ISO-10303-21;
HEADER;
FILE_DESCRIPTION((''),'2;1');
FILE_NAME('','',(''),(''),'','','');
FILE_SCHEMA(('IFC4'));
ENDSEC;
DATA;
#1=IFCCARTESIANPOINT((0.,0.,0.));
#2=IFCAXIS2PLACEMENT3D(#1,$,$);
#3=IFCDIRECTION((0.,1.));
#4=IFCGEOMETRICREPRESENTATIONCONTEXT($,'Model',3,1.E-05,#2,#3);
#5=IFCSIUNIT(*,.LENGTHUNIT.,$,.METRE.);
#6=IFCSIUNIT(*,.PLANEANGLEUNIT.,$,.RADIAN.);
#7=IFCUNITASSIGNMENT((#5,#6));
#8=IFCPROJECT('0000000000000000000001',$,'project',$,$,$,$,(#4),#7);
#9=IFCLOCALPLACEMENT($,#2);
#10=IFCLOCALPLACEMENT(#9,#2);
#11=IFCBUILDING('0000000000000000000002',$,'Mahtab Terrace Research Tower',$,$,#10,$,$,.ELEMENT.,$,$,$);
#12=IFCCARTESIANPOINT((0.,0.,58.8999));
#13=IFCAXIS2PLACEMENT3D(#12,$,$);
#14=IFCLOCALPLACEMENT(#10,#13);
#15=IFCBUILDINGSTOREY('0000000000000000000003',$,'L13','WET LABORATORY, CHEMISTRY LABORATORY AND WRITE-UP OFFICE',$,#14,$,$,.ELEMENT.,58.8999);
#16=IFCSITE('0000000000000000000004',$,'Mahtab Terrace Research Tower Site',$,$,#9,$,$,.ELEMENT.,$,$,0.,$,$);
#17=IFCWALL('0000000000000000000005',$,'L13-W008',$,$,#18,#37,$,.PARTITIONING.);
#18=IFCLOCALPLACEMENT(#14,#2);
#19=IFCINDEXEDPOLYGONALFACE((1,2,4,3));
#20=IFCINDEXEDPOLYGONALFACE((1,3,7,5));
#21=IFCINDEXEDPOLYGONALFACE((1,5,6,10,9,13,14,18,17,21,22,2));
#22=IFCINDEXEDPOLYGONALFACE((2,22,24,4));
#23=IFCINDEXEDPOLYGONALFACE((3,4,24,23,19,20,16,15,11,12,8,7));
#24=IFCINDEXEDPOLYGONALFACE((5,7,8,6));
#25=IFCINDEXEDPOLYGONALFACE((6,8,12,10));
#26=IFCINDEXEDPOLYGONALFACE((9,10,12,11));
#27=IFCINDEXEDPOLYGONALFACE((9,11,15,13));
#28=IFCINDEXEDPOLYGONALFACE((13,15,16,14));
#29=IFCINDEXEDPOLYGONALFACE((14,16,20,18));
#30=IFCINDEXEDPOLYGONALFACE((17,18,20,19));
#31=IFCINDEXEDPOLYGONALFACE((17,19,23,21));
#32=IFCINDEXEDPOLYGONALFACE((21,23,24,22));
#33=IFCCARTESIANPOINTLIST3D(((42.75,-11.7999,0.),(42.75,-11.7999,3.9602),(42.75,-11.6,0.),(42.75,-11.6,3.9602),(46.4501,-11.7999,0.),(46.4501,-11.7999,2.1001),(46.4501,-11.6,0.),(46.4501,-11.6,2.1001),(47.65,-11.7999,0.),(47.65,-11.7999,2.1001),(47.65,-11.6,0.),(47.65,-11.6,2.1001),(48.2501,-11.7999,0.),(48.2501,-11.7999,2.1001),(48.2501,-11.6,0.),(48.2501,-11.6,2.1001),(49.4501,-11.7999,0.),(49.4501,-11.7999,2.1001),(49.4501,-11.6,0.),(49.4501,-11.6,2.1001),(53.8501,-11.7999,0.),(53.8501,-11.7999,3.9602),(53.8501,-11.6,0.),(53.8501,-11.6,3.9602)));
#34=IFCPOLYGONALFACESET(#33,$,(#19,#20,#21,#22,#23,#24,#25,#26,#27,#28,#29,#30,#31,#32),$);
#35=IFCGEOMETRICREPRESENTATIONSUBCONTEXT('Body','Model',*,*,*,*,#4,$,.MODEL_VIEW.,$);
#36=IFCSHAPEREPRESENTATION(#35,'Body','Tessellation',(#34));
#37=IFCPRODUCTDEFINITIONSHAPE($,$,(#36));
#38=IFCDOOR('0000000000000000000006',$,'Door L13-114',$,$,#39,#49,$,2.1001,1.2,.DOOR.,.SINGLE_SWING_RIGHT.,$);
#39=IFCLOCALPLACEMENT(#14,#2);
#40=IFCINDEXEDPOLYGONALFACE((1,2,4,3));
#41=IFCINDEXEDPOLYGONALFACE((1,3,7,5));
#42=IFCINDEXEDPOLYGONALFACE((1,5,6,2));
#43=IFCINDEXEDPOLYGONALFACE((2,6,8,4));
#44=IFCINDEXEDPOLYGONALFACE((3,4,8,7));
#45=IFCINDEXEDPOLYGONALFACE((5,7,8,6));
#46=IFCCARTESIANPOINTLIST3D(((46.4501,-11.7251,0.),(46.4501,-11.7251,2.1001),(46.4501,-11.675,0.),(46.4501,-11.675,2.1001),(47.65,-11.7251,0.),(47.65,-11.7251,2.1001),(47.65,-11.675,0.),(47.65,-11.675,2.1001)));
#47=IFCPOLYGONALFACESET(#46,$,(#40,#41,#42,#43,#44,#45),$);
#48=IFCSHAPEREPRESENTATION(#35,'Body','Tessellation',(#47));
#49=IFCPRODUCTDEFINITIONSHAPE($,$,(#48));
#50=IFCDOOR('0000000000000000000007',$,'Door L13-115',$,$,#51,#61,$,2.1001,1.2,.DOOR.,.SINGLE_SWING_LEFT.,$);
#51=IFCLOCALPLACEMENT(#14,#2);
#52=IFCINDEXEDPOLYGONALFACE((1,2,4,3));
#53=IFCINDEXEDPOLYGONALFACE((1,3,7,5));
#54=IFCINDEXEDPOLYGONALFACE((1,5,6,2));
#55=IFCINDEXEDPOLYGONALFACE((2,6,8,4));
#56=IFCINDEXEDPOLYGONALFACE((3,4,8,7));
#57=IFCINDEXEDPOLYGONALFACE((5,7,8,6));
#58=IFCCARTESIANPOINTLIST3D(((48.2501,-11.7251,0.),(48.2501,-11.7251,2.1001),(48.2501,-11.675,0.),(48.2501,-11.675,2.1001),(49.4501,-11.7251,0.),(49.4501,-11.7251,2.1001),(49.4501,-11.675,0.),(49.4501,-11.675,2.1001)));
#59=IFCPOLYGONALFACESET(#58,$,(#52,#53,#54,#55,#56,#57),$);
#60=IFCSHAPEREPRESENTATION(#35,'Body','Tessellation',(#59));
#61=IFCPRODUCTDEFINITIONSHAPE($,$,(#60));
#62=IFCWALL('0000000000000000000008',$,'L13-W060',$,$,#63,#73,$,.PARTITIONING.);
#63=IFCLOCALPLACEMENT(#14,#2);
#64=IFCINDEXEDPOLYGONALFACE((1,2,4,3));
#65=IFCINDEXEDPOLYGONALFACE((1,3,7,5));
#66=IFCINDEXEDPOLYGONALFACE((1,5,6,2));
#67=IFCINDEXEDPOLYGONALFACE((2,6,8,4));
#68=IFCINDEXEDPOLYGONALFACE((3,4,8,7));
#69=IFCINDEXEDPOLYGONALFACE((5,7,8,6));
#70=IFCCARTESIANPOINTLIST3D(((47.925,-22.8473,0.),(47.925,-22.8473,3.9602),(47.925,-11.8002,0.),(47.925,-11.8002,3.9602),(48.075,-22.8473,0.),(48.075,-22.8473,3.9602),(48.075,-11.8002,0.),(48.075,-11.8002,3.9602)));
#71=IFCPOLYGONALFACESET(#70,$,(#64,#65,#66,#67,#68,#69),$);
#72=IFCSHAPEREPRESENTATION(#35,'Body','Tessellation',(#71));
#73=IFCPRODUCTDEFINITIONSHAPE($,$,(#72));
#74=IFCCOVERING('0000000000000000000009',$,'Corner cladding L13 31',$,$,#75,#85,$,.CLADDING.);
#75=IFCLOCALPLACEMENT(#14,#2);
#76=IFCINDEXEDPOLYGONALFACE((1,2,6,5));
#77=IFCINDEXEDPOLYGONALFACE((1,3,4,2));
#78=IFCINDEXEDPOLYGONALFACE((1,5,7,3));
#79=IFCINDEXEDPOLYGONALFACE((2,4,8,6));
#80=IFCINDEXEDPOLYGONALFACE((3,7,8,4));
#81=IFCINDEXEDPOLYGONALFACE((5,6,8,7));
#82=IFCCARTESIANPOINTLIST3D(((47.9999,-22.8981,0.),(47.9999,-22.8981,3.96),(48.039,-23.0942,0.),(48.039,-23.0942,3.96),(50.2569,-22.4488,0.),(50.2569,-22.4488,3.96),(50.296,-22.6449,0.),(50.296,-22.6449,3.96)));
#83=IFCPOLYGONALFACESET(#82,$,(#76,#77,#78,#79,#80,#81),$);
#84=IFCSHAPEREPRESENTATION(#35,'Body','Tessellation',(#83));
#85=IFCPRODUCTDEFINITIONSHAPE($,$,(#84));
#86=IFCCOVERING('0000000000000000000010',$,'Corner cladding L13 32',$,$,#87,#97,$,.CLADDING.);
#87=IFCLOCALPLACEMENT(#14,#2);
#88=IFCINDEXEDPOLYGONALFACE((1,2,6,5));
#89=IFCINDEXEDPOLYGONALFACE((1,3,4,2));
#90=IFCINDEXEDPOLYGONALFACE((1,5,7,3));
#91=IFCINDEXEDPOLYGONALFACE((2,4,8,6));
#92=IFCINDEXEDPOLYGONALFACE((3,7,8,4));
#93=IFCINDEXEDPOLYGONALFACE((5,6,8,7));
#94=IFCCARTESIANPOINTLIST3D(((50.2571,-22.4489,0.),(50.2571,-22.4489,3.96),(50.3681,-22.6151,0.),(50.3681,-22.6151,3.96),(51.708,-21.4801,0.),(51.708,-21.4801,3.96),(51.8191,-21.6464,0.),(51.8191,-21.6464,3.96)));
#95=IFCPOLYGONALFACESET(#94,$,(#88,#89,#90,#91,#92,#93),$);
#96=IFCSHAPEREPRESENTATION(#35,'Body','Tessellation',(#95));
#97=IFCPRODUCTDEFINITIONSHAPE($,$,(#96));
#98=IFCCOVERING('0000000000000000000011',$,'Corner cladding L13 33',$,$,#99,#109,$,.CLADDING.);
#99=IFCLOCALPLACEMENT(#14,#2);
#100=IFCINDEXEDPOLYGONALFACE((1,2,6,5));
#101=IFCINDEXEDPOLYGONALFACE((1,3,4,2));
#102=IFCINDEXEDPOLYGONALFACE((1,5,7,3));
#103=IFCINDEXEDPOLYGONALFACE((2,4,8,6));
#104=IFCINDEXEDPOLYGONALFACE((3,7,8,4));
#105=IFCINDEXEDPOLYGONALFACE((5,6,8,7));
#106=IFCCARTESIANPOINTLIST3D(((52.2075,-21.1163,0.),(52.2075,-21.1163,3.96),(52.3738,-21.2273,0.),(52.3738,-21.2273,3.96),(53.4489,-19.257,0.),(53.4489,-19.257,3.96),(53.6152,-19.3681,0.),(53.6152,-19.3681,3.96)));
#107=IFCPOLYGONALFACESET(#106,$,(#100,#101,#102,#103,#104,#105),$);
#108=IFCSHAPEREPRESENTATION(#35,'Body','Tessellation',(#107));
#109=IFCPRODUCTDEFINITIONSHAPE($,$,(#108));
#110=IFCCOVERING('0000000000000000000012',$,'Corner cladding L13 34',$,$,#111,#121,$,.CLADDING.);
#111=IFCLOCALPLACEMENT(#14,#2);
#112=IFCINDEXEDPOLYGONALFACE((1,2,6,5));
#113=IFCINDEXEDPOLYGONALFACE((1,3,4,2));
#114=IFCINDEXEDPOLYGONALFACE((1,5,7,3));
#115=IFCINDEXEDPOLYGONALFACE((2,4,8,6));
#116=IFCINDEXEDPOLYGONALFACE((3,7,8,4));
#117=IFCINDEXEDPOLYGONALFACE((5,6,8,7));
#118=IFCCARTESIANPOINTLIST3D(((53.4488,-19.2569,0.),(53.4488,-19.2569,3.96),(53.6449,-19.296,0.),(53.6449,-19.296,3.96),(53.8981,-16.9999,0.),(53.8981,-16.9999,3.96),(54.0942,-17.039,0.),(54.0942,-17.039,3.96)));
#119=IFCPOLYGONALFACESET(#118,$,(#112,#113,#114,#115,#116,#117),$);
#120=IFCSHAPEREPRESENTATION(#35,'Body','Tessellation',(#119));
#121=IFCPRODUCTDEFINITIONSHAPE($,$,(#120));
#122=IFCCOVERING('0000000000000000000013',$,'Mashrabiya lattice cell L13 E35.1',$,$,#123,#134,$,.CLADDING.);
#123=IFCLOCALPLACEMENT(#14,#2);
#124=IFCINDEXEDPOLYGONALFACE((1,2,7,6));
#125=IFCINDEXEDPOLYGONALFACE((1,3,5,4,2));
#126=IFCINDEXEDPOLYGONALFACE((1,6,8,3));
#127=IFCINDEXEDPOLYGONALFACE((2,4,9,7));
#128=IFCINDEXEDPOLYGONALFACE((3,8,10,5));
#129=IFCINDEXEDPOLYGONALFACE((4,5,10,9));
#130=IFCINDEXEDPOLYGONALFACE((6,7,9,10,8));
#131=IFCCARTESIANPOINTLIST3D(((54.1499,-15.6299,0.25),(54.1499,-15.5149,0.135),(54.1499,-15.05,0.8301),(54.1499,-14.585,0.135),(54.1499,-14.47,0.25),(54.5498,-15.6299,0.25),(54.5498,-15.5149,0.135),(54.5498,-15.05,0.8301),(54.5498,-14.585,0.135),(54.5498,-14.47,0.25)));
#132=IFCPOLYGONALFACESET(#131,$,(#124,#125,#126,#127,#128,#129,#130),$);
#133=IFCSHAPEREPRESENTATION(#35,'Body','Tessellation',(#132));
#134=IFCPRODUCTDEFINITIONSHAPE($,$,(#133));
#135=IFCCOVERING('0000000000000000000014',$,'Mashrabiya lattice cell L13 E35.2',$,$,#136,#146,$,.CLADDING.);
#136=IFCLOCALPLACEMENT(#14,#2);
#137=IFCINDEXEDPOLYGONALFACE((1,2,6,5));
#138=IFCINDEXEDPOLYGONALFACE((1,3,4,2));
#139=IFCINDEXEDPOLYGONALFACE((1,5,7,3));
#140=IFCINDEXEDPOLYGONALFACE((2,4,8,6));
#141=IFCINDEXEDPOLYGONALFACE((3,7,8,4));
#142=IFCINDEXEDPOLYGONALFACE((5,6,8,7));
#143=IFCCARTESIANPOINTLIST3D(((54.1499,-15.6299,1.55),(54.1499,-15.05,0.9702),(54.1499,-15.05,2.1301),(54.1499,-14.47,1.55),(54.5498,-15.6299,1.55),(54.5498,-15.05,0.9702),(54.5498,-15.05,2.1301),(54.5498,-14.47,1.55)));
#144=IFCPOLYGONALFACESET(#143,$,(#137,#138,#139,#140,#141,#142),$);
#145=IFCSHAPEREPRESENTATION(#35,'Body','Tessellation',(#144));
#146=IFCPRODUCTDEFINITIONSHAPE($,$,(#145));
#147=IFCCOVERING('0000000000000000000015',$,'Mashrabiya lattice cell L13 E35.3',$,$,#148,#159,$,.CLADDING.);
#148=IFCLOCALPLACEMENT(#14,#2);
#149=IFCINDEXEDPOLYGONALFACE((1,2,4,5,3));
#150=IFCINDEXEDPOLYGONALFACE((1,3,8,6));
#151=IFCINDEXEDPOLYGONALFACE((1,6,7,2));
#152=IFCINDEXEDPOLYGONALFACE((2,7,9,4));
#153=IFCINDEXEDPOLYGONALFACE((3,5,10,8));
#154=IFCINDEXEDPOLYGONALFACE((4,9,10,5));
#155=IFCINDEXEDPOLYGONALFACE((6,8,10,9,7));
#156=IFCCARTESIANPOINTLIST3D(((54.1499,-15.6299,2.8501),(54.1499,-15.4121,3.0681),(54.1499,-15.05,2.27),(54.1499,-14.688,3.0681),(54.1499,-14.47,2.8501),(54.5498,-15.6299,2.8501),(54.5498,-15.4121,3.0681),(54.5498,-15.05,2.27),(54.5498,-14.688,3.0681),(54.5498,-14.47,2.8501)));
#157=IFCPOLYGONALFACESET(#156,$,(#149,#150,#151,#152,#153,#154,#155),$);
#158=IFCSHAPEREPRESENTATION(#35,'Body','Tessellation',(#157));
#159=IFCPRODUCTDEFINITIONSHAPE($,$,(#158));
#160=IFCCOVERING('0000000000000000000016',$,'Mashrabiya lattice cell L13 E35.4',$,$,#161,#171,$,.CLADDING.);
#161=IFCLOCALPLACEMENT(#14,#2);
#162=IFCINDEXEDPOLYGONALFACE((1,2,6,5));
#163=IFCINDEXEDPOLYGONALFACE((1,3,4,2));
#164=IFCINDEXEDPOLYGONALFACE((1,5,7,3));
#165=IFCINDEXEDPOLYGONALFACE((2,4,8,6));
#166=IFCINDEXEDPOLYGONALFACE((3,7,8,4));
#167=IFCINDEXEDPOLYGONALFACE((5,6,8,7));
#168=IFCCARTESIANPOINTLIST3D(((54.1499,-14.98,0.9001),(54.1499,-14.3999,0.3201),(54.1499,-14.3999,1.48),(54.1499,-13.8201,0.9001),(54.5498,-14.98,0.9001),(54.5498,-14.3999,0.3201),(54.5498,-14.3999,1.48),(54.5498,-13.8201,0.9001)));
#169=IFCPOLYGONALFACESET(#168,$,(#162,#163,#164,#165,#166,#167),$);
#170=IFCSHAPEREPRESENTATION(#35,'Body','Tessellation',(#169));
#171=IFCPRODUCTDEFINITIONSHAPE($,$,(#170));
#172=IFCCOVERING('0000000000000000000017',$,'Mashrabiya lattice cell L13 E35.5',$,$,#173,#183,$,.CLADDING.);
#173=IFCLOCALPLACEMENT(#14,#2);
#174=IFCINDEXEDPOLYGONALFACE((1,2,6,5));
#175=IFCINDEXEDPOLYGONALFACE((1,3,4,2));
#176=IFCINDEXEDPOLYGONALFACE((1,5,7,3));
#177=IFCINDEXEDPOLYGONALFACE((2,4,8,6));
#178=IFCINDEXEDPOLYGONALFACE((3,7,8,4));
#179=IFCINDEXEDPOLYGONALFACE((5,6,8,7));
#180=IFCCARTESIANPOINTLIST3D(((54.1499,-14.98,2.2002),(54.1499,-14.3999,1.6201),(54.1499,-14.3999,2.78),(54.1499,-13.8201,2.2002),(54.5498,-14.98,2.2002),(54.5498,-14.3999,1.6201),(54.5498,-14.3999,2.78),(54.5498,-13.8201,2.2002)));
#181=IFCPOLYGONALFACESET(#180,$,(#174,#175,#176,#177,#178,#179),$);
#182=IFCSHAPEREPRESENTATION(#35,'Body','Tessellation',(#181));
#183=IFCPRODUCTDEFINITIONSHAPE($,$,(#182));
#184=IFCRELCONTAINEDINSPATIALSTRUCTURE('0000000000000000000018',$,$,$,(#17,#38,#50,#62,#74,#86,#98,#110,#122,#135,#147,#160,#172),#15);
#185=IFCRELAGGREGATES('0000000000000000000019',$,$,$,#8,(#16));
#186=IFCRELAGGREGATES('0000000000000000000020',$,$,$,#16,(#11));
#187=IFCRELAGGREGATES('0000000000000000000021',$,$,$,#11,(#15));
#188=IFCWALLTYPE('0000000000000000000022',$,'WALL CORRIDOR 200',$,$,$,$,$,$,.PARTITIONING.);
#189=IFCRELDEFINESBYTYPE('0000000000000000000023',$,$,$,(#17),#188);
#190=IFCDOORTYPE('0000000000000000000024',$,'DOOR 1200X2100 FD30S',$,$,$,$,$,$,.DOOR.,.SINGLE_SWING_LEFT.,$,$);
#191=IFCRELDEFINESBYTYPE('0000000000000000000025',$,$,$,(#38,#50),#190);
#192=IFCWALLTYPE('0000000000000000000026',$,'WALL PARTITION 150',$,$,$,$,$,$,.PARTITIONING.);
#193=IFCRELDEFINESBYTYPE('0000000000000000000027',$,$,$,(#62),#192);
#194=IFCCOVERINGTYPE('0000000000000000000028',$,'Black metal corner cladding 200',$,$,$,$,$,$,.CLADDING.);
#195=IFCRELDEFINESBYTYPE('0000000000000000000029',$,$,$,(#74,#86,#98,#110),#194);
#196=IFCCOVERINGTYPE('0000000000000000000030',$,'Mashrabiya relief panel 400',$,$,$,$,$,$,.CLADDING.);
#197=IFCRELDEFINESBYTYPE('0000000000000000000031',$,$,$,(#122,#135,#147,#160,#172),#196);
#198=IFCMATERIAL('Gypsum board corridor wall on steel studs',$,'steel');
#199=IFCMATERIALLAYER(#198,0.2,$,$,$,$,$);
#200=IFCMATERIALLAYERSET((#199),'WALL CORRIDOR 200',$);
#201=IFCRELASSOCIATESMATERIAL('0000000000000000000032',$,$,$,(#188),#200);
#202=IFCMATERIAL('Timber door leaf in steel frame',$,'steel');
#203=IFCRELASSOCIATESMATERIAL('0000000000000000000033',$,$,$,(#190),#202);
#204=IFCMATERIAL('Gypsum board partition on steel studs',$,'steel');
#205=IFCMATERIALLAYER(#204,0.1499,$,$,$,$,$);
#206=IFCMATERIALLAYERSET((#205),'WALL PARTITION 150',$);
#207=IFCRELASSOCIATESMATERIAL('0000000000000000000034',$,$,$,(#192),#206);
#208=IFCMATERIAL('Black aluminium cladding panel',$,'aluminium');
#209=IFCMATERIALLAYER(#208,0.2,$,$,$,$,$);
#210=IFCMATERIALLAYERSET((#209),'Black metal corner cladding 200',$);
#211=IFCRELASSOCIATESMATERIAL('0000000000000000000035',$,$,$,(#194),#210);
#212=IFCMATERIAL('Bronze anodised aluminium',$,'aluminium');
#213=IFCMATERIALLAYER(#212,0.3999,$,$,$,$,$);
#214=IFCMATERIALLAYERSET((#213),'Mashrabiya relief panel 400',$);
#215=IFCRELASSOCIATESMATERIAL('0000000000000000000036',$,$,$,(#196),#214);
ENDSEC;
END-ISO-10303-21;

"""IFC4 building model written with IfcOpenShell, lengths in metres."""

from ifc_helpers import new_model, si_unit, direction, frame, frame_2d, origin, origin_2d, place, context, subcontext, project, spatial, polyline, rectangle, outline, extrude, material, layer, layer_set, type_object, element, fill, save


model = new_model("IFC4")

# Units and contexts
model_context = context("Model", 3, precision=1e-05, world=origin(), true_north=direction((0.0, 1.0)))
body_context = subcontext(model_context, "Body", "Model", "MODEL_VIEW")
ifc_project = project(units=[si_unit("LENGTHUNIT", "METRE"), si_unit("PLANEANGLEUNIT", "RADIAN")], contexts=[model_context])

# Site, building, storey
site_placement = place(None, origin())
site = spatial("IfcSite", under=ifc_project, at=site_placement, Name="Mahtab Terrace Research Tower Site", CompositionType="ELEMENT", RefElevation=0.0)
building_placement = place(site_placement, origin())
building = spatial("IfcBuilding", under=site, at=building_placement, Name="Mahtab Terrace Research Tower", CompositionType="ELEMENT")
storey_placement = place(building_placement, frame((0.0, 0.0, 58.8999)))
storey = spatial("IfcBuildingStorey", under=building, at=storey_placement, Name="L13", Description="WET LABORATORY, CHEMISTRY LABORATORY AND WRITE-UP OFFICE", CompositionType="ELEMENT", Elevation=58.8999)

# Shared definitions
ifc_material_1 = material(Name="Black aluminium cladding panel", Category="aluminium")

# Wall, openings, doors
ifc_material_2 = material(Name="Gypsum board corridor wall on steel studs", Category="steel")
ifc_layer_1 = layer(ifc_material_2, 0.2)
ifc_layer_set_1 = layer_set([ifc_layer_1], Name="WALL CORRIDOR 200")
wall_type_1 = type_object("IfcWallType", Name="WALL CORRIDOR 200", PredefinedType="PARTITIONING", material=ifc_layer_set_1)
wall_1_placement = place(storey_placement, frame((42.75, -11.7, 0.0), z_axis=(0.0, 0.0, 1.0), x_axis=(1.0, 0.0, 0.0)))
wall_1 = element("IfcWall", 1, at=wall_1_placement, inside=storey, type_object=wall_type_1, Name="L13-W008", PredefinedType="PARTITIONING", context=body_context, shape_type="SweptSolid", body=[
    extrude(rectangle(XDim=11.1001, YDim=0.2, at=frame_2d((5.55, 0.0))), origin(), (0.0, 0.0, 1.0), 3.9602),
])
opening_1_placement = place(wall_1_placement, frame((3.7, 0.0, 0.0)))
opening_1 = element("IfcOpeningElement", 2, at=opening_1_placement, cuts=wall_1, PredefinedType="OPENING", context=body_context, shape_type="SweptSolid", body=[
    extrude(rectangle(XDim=1.2, YDim=2.1001, at=frame_2d((0.6001, 1.05))), frame((0.0, 0.1099, 0.0), z_axis=(0.0, -1.0, 0.0), x_axis=(1.0, 0.0, 0.0)), (0.0, 0.0, 1.0), 0.22),
])
opening_2_placement = place(wall_1_placement, frame((5.5, 0.0, 0.0)))
opening_2 = element("IfcOpeningElement", 3, at=opening_2_placement, cuts=wall_1, PredefinedType="OPENING", context=body_context, shape_type="SweptSolid", body=[
    extrude(rectangle(XDim=1.2, YDim=2.1001, at=frame_2d((0.6001, 1.05))), frame((0.0, 0.1099, 0.0), z_axis=(0.0, -1.0, 0.0), x_axis=(1.0, 0.0, 0.0)), (0.0, 0.0, 1.0), 0.22),
])
ifc_material_3 = material(Name="Timber door leaf in steel frame", Category="steel")
door_type = type_object("IfcDoorType", Name="DOOR 1200X2100 FD30S", OperationType="SINGLE_SWING_LEFT", PredefinedType="DOOR", material=ifc_material_3)
door_1_placement = place(opening_1_placement, origin())
door_1 = element("IfcDoor", 4, at=door_1_placement, inside=storey, type_object=door_type, Name="Door L13-114", OperationType="SINGLE_SWING_RIGHT", OverallHeight=2.1001, OverallWidth=1.2, PredefinedType="DOOR", context=body_context, shape_type="SweptSolid", body=[
    extrude(rectangle(XDim=1.2, YDim=2.1001, at=frame_2d((0.6001, 1.05))), frame((0.0, 0.0249, 0.0), z_axis=(0.0, -1.0, 0.0), x_axis=(1.0, 0.0, 0.0)), (0.0, 0.0, 1.0), 0.05),
])
fill(opening_1, door_1)
door_2_placement = place(opening_2_placement, origin())
door_2 = element("IfcDoor", 5, at=door_2_placement, inside=storey, type_object=door_type, Name="Door L13-115", OperationType="SINGLE_SWING_LEFT", OverallHeight=2.1001, OverallWidth=1.2, PredefinedType="DOOR", context=body_context, shape_type="SweptSolid", body=[
    extrude(rectangle(XDim=1.2, YDim=2.1001, at=frame_2d((0.6001, 1.05))), frame((0.0, 0.0249, 0.0), z_axis=(0.0, -1.0, 0.0), x_axis=(1.0, 0.0, 0.0)), (0.0, 0.0, 1.0), 0.05),
])
fill(opening_2, door_2)

# Wall
ifc_material_4 = material(Name="Gypsum board partition on steel studs", Category="steel")
ifc_layer_2 = layer(ifc_material_4, 0.1499)
ifc_layer_set_2 = layer_set([ifc_layer_2], Name="WALL PARTITION 150")
wall_type_2 = type_object("IfcWallType", Name="WALL PARTITION 150", PredefinedType="PARTITIONING", material=ifc_layer_set_2)
wall_2_placement = place(storey_placement, frame((48.0, -22.8472, 0.0), z_axis=(0.0, 0.0, 1.0), x_axis=(0.0, 1.0, 0.0)))
element("IfcWall", 6, at=wall_2_placement, inside=storey, type_object=wall_type_2, Name="L13-W060", PredefinedType="PARTITIONING", context=body_context, shape_type="SweptSolid", body=[
    extrude(rectangle(XDim=11.0471, YDim=0.1499, at=frame_2d((5.5234, 0.0))), origin(), (0.0, 0.0, 1.0), 3.9602),
])

# Coverings
ifc_layer_3 = layer(ifc_material_1, 0.2)
ifc_layer_set_3 = layer_set([ifc_layer_3], Name="Black metal corner cladding 200")
covering_type_1 = type_object("IfcCoveringType", Name="Black metal corner cladding 200", PredefinedType="CLADDING", material=ifc_layer_set_3)
covering_1_placement = place(storey_placement, frame((49.1479, -22.7715, 0.0), z_axis=(0.0, 0.0, 1.0), x_axis=(0.980761, 0.195212, 0.0)))
element("IfcCovering", 7, at=covering_1_placement, inside=storey, type_object=covering_type_1, Name="Corner cladding L13 31", PredefinedType="CLADDING", context=body_context, shape_type="SweptSolid", body=[
    extrude(rectangle(XDim=2.3013, YDim=0.2, at=origin_2d()), origin(), (0.0, 0.0, 1.0), 3.96),
])
covering_2_placement = place(storey_placement, frame((51.0381, -22.0476, 0.0), z_axis=(0.0, 0.0, 1.0), x_axis=(0.831656, 0.555291, 0.0)))
element("IfcCovering", 8, at=covering_2_placement, inside=storey, type_object=covering_type_1, Name="Corner cladding L13 32", PredefinedType="CLADDING", context=body_context, shape_type="SweptSolid", body=[
    extrude(rectangle(XDim=1.7446, YDim=0.2, at=origin_2d()), origin(), (0.0, 0.0, 1.0), 3.96),
])
covering_3_placement = place(storey_placement, frame((52.9114, -20.2422, 0.0), z_axis=(0.0, 0.0, 1.0), x_axis=(0.555291, 0.831656, 0.0)))
element("IfcCovering", 9, at=covering_3_placement, inside=storey, type_object=covering_type_1, Name="Corner cladding L13 33", PredefinedType="CLADDING", context=body_context, shape_type="SweptSolid", body=[
    extrude(rectangle(XDim=2.2356, YDim=0.2, at=origin_2d()), origin(), (0.0, 0.0, 1.0), 3.96),
])
covering_4_placement = place(storey_placement, frame((53.7715, -18.1479, 0.0), z_axis=(0.0, 0.0, 1.0), x_axis=(0.195212, 0.980761, 0.0)))
element("IfcCovering", 10, at=covering_4_placement, inside=storey, type_object=covering_type_1, Name="Corner cladding L13 34", PredefinedType="CLADDING", context=body_context, shape_type="SweptSolid", body=[
    extrude(rectangle(XDim=2.3013, YDim=0.2, at=origin_2d()), origin(), (0.0, 0.0, 1.0), 3.96),
])
ifc_material_5 = material(Name="Bronze anodised aluminium", Category="aluminium")
ifc_layer_4 = layer(ifc_material_5, 0.3999)
ifc_layer_set_4 = layer_set([ifc_layer_4], Name="Mashrabiya relief panel 400")
covering_type_2 = type_object("IfcCoveringType", Name="Mashrabiya relief panel 400", PredefinedType="CLADDING", material=ifc_layer_set_4)
covering_5_placement = place(storey_placement, frame((54.1499, -15.6299, 0.25), z_axis=(-1.0, 0.0, 0.0), x_axis=(0.0, 0.706958, 0.707256)))
element("IfcCovering", 11, at=covering_5_placement, inside=storey, type_object=covering_type_2, Name="Mashrabiya lattice cell L13 E35.1", PredefinedType="CLADDING", context=body_context, shape_type="SweptSolid", body=[
    extrude(outline(polyline([(0.0, 0.0), (0.8202, 0.0), (0.82, 0.8204), (0.6574, 0.8203), (0.0, 0.1626), (0.0, 0.0)])), origin(), (0.0, 0.0, -1.0), 0.3999),
])
covering_6_placement = place(storey_placement, frame((54.1499, -15.05, 2.1301), z_axis=(-1.0, 0.0, 0.0), x_axis=(0.0, 0.707107, -0.707107)))
element("IfcCovering", 12, at=covering_6_placement, inside=storey, type_object=covering_type_2, Name="Mashrabiya lattice cell L13 E35.2", PredefinedType="CLADDING", context=body_context, shape_type="SweptSolid", body=[
    extrude(outline(polyline([(0.0, 0.0), (0.8204, 0.0), (0.8202, 0.8202), (0.0002, 0.8202), (0.0, 0.0)])), origin(), (0.0, 0.0, -1.0), 0.3999),
])
covering_7_placement = place(storey_placement, frame((54.1499, -14.47, 2.8501), z_axis=(-1.0, 0.0, 0.0), x_axis=(0.0, -0.707107, -0.707107)))
element("IfcCovering", 13, at=covering_7_placement, inside=storey, type_object=covering_type_2, Name="Mashrabiya lattice cell L13 E35.3", PredefinedType="CLADDING", context=body_context, shape_type="SweptSolid", body=[
    extrude(outline(polyline([(0.0, 0.0), (0.8204, 0.0), (0.8202, 0.8202), (0.512, 0.8204), (0.0, 0.3083), (0.0, 0.0)])), origin(), (0.0, 0.0, -1.0), 0.3999),
])
for number, where, z_axis, x_axis, name in (
    (14, (54.1499, -14.3999, 1.48), (-1.0, 0.0, 0.0), (0.0, 0.707107, -0.707107), "Mashrabiya lattice cell L13 E35.4"),
    (15, (54.1499, -14.3999, 2.78), (-1.0, 0.0, 0.0), (0.0, 0.707107, -0.707107), "Mashrabiya lattice cell L13 E35.5"),
):
    element("IfcCovering", number, at=place(storey_placement, frame(where, z_axis=z_axis, x_axis=x_axis)), inside=storey, type_object=covering_type_2, Name=name, PredefinedType="CLADDING", context=body_context, shape_type="SweptSolid", body=[
        extrude(outline(polyline([(0.0, 0.0), (0.82, 0.0), (0.8202, 0.8202), (-0.0002, 0.8202), (0.0, 0.0)])), origin(), (0.0, 0.0, -1.0), 0.3999),
    ])

save(model, "model.ifc")
